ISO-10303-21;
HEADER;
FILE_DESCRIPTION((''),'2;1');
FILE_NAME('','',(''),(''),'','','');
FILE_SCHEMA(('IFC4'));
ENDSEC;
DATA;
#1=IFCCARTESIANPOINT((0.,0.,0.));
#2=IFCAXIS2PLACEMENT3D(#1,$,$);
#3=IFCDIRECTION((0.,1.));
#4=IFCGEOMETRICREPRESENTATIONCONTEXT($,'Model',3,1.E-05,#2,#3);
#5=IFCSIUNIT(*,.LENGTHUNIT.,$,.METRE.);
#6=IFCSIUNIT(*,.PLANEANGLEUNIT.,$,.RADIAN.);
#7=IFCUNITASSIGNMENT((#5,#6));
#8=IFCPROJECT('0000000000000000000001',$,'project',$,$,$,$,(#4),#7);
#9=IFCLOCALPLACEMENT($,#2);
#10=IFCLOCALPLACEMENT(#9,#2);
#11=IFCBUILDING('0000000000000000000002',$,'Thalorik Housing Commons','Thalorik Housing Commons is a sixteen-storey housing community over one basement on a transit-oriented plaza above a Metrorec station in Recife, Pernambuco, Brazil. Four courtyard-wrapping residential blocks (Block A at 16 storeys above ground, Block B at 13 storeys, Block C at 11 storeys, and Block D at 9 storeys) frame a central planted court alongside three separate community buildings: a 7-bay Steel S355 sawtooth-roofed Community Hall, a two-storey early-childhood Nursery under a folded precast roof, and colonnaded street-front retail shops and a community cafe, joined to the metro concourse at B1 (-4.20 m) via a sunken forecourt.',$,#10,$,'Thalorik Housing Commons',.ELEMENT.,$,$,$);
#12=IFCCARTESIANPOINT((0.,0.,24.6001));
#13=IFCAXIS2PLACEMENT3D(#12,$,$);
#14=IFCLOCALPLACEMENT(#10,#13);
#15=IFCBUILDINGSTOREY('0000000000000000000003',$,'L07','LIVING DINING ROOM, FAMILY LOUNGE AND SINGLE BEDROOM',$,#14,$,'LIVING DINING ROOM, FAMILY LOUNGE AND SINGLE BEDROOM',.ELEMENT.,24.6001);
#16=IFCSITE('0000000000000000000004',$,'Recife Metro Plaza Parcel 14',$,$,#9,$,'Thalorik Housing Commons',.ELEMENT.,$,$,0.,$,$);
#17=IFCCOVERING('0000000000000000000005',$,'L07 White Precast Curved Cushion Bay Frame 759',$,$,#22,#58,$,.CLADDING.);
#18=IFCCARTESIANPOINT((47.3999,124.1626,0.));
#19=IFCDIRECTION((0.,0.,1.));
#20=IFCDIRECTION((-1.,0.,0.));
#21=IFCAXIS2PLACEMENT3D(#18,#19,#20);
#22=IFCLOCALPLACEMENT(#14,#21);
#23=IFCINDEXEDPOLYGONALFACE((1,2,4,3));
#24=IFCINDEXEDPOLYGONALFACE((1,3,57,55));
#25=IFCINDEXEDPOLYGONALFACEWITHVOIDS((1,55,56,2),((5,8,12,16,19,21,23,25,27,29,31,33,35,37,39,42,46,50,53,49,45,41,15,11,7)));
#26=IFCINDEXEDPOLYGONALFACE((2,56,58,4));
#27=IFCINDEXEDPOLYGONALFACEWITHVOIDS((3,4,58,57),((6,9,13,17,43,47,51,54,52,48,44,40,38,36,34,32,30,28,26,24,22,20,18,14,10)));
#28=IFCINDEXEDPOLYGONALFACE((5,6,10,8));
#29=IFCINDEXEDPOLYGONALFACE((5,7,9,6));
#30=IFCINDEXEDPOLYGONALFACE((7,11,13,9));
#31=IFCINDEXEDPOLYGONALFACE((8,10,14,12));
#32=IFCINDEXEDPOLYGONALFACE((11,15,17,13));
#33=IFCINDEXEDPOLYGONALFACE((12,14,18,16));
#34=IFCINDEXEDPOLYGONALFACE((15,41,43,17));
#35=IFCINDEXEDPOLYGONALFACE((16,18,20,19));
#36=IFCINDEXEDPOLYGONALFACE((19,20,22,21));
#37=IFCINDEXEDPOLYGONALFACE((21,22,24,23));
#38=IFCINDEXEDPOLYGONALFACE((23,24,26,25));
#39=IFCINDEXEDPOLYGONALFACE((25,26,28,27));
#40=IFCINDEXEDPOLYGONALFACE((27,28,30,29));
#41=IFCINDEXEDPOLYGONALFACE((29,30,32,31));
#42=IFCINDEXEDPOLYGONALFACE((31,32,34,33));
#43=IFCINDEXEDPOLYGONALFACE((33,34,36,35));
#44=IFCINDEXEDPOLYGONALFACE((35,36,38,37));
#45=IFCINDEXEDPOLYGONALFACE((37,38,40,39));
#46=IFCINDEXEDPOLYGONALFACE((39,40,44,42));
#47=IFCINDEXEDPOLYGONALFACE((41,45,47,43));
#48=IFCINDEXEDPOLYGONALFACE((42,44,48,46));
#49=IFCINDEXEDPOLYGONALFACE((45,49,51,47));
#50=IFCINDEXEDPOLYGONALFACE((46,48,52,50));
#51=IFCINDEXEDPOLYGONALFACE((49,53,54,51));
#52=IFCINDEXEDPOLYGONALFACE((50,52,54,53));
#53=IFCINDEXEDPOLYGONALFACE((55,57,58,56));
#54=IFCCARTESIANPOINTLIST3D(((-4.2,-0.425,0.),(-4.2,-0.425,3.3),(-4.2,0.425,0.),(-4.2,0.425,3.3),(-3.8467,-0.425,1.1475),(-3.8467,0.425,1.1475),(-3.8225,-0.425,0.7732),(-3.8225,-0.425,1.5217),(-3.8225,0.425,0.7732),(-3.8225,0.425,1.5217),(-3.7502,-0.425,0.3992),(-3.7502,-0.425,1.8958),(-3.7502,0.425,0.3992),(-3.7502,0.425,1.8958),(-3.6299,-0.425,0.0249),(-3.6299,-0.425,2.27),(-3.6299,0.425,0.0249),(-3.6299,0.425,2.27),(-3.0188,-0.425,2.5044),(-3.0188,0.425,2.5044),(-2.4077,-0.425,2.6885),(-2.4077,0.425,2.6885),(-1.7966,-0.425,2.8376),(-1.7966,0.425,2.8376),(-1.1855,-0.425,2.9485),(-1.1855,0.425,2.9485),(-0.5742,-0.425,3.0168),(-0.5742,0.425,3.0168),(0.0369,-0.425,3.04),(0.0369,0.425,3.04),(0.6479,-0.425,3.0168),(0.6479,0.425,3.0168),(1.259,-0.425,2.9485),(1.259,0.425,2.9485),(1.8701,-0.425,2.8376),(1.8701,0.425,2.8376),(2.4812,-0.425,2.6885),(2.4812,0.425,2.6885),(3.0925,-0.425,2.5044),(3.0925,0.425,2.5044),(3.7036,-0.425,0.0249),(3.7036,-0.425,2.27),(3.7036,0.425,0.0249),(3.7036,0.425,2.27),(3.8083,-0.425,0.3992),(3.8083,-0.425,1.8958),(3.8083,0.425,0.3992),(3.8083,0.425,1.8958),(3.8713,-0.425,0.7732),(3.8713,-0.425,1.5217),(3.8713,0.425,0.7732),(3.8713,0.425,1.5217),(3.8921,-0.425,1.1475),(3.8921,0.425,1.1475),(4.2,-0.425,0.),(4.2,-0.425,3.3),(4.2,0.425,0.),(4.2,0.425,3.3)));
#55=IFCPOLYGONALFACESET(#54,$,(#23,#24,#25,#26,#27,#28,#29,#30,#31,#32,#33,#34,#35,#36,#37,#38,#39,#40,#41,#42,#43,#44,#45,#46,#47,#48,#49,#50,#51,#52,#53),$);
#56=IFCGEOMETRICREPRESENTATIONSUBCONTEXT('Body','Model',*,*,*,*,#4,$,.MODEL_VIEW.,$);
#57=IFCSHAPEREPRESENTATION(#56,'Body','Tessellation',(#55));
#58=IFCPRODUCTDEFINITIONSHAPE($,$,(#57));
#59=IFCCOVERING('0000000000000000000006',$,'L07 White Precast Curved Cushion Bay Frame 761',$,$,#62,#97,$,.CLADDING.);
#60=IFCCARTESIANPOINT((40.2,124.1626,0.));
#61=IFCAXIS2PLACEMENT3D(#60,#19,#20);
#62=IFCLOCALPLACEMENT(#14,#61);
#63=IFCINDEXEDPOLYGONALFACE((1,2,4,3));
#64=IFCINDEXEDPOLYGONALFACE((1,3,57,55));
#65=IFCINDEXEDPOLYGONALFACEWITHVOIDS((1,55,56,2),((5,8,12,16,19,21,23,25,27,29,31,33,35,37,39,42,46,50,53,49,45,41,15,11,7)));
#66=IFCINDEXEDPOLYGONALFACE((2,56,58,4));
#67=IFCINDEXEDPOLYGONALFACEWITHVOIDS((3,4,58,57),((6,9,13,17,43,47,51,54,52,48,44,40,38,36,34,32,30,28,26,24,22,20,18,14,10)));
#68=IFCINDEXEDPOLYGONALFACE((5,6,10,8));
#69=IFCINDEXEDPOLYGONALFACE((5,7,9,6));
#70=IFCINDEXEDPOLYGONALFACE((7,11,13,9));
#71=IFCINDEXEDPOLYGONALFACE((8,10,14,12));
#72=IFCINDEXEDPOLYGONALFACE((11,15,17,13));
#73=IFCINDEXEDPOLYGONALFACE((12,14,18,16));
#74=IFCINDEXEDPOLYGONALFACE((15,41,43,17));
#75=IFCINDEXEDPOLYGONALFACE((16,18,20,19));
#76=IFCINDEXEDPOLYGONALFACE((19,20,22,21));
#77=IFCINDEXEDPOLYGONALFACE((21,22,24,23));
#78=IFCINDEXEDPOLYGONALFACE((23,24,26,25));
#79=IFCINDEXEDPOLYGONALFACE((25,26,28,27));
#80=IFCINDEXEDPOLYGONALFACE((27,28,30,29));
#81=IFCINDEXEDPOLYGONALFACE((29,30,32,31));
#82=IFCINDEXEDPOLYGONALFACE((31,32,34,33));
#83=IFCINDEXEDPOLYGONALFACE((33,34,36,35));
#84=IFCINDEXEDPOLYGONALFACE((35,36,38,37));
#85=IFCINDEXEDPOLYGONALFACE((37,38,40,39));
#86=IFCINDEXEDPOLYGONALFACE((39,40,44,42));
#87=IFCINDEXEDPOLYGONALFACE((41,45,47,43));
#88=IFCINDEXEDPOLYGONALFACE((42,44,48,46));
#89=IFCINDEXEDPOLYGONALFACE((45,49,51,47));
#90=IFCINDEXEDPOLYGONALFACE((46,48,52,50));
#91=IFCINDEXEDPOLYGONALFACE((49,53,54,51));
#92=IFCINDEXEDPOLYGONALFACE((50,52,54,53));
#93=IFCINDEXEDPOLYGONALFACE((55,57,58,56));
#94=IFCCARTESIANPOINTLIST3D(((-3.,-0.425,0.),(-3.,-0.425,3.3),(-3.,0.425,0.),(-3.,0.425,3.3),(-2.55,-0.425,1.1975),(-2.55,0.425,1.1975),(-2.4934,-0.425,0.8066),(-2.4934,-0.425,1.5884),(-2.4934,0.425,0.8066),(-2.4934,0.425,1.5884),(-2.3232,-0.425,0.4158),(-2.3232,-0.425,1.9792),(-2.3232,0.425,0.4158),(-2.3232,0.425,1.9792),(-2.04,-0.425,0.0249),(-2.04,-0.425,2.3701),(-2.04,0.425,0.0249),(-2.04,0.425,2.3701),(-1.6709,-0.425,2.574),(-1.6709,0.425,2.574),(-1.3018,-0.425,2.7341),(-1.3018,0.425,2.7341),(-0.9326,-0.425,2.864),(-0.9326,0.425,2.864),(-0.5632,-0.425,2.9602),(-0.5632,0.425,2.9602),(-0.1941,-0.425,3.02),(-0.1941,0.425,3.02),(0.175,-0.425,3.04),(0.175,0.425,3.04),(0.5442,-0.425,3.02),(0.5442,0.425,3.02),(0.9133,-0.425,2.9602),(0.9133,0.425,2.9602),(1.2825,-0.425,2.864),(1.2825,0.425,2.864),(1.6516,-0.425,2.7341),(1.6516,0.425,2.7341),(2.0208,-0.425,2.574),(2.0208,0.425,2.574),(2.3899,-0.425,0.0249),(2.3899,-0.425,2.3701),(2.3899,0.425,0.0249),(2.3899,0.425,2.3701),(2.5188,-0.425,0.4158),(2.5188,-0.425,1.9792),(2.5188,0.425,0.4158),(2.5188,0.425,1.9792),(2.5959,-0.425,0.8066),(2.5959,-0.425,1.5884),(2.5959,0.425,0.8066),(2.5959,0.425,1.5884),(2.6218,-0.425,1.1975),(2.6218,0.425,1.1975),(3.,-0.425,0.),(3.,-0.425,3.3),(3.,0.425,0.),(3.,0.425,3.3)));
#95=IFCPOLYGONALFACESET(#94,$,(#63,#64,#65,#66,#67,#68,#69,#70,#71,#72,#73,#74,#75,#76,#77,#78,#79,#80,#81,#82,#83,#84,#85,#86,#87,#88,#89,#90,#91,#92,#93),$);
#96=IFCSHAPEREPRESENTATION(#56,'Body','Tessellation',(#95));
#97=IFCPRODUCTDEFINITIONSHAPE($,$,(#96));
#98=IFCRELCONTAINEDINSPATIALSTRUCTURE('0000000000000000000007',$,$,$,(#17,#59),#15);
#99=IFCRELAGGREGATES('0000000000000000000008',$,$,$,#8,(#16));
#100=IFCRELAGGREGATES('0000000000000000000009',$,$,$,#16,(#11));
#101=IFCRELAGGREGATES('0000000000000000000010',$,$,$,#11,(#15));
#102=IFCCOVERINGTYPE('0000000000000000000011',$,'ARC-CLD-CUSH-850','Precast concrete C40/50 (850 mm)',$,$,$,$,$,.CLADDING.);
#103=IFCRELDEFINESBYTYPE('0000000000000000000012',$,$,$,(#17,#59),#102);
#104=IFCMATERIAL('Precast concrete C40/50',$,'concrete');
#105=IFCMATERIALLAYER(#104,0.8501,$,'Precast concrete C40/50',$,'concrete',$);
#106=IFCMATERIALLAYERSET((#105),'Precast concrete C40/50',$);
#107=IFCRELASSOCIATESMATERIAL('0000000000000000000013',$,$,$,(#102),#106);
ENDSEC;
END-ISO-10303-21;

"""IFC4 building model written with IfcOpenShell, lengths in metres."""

from ifc_helpers import new_model, si_unit, direction, frame, origin, place, context, subcontext, project, spatial, polyline, outline, extrude, material, layer, layer_set, type_object, element, save


model = new_model("IFC4")

# Units and contexts
model_context = context("Model", 3, precision=1e-05, world=origin(), true_north=direction((0.0, 1.0)))
body_context = subcontext(model_context, "Body", "Model", "MODEL_VIEW")
ifc_project = project(units=[si_unit("LENGTHUNIT", "METRE"), si_unit("PLANEANGLEUNIT", "RADIAN")], contexts=[model_context])

# Site, building, storey
site_placement = place(None, origin())
site = spatial("IfcSite", under=ifc_project, at=site_placement, Name="Recife Metro Plaza Parcel 14", LongName="Thalorik Housing Commons", CompositionType="ELEMENT", RefElevation=0.0)
building_placement = place(site_placement, origin())
building = spatial("IfcBuilding", under=site, at=building_placement, Name="Thalorik Housing Commons", Description="Thalorik Housing Commons is a sixteen-storey housing community over one basement on a transit-oriented plaza above a Metrorec station in Recife, Pernambuco, Brazil. Four courtyard-wrapping residential blocks (Block A at 16 storeys above ground, Block B at 13 storeys, Block C at 11 storeys, and Block D at 9 storeys) frame a central planted court alongside three separate community buildings: a 7-bay Steel S355 sawtooth-roofed Community Hall, a two-storey early-childhood Nursery under a folded precast roof, and colonnaded street-front retail shops and a community cafe, joined to the metro concourse at B1 (-4.20 m) via a sunken forecourt.", LongName="Thalorik Housing Commons", CompositionType="ELEMENT")
storey_placement = place(building_placement, frame((0.0, 0.0, 24.6001)))
storey = spatial("IfcBuildingStorey", under=building, at=storey_placement, Name="L07", Description="LIVING DINING ROOM, FAMILY LOUNGE AND SINGLE BEDROOM", LongName="LIVING DINING ROOM, FAMILY LOUNGE AND SINGLE BEDROOM", CompositionType="ELEMENT", Elevation=24.6001)

# Shared definitions
ifc_material_1 = material(Name="Precast concrete C40/50", Category="concrete")

# Coverings
ifc_layer_1 = layer(ifc_material_1, 0.8501, Name="Precast concrete C40/50", Category="concrete")
ifc_layer_set_1 = layer_set([ifc_layer_1], Name="Precast concrete C40/50")
covering_type_1 = type_object("IfcCoveringType", Name="ARC-CLD-CUSH-850", Description="Precast concrete C40/50 (850 mm)", PredefinedType="CLADDING", material=ifc_layer_set_1)
covering_1_placement = place(storey_placement, frame((47.3999, 124.1626, 0.0), z_axis=(0.0, 0.0, 1.0), x_axis=(-1.0, 0.0, 0.0)))
element("IfcCovering", 1, at=covering_1_placement, inside=storey, type_object=covering_type_1, Name="L07 White Precast Curved Cushion Bay Frame 759", PredefinedType="CLADDING", context=body_context, shape_type="SweptSolid", body=[
    extrude(outline(polyline([(-4.2, 0.0), (4.2, 0.0), (4.2, 3.3), (-4.2, 3.3), (-4.2, 0.0)]), holes=[polyline([(3.7036, 0.0249), (3.8083, 0.3992), (3.8713, 0.7732), (3.8921, 1.1475), (3.8713, 1.5217), (3.8083, 1.8958), (3.7036, 2.27), (3.0925, 2.5044), (2.4812, 2.6885), (1.8701, 2.8376), (1.259, 2.9485), (0.6479, 3.0168), (0.0369, 3.04), (-0.5742, 3.0168), (-1.1855, 2.9485), (-1.7966, 2.8376), (-2.4077, 2.6885), (-3.0188, 2.5044), (-3.6299, 2.27), (-3.7502, 1.8958), (-3.8225, 1.5217), (-3.8467, 1.1475), (-3.8225, 0.7732), (-3.7502, 0.3992), (-3.6299, 0.0249), (3.7036, 0.0249)])]), frame((0.0, 0.425, 0.0), z_axis=(0.0, -1.0, 0.0), x_axis=(1.0, 0.0, 0.0)), (0.0, 0.0, 1.0), 0.8501),
])
covering_2_placement = place(storey_placement, frame((40.2, 124.1626, 0.0), z_axis=(0.0, 0.0, 1.0), x_axis=(-1.0, 0.0, 0.0)))
element("IfcCovering", 2, at=covering_2_placement, inside=storey, type_object=covering_type_1, Name="L07 White Precast Curved Cushion Bay Frame 761", PredefinedType="CLADDING", context=body_context, shape_type="SweptSolid", body=[
    extrude(outline(polyline([(-3.0, 0.0), (3.0, 0.0), (3.0, 3.3), (-3.0, 3.3), (-3.0, 0.0)]), holes=[polyline([(2.3899, 0.0249), (2.5188, 0.4158), (2.5959, 0.8066), (2.6218, 1.1975), (2.5959, 1.5884), (2.5188, 1.9792), (2.3899, 2.3701), (2.0208, 2.574), (1.6516, 2.7341), (1.2825, 2.864), (0.9133, 2.9602), (0.5442, 3.02), (0.175, 3.04), (-0.1941, 3.02), (-0.5632, 2.9602), (-0.9326, 2.864), (-1.3018, 2.7341), (-1.6709, 2.574), (-2.04, 2.3701), (-2.3232, 1.9792), (-2.4934, 1.5884), (-2.55, 1.1975), (-2.4934, 0.8066), (-2.3232, 0.4158), (-2.04, 0.0249), (2.3899, 0.0249)])]), frame((0.0, 0.425, 0.0), z_axis=(0.0, -1.0, 0.0), x_axis=(1.0, 0.0, 0.0)), (0.0, 0.0, 1.0), 0.8501),
])

save(model, "model.ifc")
